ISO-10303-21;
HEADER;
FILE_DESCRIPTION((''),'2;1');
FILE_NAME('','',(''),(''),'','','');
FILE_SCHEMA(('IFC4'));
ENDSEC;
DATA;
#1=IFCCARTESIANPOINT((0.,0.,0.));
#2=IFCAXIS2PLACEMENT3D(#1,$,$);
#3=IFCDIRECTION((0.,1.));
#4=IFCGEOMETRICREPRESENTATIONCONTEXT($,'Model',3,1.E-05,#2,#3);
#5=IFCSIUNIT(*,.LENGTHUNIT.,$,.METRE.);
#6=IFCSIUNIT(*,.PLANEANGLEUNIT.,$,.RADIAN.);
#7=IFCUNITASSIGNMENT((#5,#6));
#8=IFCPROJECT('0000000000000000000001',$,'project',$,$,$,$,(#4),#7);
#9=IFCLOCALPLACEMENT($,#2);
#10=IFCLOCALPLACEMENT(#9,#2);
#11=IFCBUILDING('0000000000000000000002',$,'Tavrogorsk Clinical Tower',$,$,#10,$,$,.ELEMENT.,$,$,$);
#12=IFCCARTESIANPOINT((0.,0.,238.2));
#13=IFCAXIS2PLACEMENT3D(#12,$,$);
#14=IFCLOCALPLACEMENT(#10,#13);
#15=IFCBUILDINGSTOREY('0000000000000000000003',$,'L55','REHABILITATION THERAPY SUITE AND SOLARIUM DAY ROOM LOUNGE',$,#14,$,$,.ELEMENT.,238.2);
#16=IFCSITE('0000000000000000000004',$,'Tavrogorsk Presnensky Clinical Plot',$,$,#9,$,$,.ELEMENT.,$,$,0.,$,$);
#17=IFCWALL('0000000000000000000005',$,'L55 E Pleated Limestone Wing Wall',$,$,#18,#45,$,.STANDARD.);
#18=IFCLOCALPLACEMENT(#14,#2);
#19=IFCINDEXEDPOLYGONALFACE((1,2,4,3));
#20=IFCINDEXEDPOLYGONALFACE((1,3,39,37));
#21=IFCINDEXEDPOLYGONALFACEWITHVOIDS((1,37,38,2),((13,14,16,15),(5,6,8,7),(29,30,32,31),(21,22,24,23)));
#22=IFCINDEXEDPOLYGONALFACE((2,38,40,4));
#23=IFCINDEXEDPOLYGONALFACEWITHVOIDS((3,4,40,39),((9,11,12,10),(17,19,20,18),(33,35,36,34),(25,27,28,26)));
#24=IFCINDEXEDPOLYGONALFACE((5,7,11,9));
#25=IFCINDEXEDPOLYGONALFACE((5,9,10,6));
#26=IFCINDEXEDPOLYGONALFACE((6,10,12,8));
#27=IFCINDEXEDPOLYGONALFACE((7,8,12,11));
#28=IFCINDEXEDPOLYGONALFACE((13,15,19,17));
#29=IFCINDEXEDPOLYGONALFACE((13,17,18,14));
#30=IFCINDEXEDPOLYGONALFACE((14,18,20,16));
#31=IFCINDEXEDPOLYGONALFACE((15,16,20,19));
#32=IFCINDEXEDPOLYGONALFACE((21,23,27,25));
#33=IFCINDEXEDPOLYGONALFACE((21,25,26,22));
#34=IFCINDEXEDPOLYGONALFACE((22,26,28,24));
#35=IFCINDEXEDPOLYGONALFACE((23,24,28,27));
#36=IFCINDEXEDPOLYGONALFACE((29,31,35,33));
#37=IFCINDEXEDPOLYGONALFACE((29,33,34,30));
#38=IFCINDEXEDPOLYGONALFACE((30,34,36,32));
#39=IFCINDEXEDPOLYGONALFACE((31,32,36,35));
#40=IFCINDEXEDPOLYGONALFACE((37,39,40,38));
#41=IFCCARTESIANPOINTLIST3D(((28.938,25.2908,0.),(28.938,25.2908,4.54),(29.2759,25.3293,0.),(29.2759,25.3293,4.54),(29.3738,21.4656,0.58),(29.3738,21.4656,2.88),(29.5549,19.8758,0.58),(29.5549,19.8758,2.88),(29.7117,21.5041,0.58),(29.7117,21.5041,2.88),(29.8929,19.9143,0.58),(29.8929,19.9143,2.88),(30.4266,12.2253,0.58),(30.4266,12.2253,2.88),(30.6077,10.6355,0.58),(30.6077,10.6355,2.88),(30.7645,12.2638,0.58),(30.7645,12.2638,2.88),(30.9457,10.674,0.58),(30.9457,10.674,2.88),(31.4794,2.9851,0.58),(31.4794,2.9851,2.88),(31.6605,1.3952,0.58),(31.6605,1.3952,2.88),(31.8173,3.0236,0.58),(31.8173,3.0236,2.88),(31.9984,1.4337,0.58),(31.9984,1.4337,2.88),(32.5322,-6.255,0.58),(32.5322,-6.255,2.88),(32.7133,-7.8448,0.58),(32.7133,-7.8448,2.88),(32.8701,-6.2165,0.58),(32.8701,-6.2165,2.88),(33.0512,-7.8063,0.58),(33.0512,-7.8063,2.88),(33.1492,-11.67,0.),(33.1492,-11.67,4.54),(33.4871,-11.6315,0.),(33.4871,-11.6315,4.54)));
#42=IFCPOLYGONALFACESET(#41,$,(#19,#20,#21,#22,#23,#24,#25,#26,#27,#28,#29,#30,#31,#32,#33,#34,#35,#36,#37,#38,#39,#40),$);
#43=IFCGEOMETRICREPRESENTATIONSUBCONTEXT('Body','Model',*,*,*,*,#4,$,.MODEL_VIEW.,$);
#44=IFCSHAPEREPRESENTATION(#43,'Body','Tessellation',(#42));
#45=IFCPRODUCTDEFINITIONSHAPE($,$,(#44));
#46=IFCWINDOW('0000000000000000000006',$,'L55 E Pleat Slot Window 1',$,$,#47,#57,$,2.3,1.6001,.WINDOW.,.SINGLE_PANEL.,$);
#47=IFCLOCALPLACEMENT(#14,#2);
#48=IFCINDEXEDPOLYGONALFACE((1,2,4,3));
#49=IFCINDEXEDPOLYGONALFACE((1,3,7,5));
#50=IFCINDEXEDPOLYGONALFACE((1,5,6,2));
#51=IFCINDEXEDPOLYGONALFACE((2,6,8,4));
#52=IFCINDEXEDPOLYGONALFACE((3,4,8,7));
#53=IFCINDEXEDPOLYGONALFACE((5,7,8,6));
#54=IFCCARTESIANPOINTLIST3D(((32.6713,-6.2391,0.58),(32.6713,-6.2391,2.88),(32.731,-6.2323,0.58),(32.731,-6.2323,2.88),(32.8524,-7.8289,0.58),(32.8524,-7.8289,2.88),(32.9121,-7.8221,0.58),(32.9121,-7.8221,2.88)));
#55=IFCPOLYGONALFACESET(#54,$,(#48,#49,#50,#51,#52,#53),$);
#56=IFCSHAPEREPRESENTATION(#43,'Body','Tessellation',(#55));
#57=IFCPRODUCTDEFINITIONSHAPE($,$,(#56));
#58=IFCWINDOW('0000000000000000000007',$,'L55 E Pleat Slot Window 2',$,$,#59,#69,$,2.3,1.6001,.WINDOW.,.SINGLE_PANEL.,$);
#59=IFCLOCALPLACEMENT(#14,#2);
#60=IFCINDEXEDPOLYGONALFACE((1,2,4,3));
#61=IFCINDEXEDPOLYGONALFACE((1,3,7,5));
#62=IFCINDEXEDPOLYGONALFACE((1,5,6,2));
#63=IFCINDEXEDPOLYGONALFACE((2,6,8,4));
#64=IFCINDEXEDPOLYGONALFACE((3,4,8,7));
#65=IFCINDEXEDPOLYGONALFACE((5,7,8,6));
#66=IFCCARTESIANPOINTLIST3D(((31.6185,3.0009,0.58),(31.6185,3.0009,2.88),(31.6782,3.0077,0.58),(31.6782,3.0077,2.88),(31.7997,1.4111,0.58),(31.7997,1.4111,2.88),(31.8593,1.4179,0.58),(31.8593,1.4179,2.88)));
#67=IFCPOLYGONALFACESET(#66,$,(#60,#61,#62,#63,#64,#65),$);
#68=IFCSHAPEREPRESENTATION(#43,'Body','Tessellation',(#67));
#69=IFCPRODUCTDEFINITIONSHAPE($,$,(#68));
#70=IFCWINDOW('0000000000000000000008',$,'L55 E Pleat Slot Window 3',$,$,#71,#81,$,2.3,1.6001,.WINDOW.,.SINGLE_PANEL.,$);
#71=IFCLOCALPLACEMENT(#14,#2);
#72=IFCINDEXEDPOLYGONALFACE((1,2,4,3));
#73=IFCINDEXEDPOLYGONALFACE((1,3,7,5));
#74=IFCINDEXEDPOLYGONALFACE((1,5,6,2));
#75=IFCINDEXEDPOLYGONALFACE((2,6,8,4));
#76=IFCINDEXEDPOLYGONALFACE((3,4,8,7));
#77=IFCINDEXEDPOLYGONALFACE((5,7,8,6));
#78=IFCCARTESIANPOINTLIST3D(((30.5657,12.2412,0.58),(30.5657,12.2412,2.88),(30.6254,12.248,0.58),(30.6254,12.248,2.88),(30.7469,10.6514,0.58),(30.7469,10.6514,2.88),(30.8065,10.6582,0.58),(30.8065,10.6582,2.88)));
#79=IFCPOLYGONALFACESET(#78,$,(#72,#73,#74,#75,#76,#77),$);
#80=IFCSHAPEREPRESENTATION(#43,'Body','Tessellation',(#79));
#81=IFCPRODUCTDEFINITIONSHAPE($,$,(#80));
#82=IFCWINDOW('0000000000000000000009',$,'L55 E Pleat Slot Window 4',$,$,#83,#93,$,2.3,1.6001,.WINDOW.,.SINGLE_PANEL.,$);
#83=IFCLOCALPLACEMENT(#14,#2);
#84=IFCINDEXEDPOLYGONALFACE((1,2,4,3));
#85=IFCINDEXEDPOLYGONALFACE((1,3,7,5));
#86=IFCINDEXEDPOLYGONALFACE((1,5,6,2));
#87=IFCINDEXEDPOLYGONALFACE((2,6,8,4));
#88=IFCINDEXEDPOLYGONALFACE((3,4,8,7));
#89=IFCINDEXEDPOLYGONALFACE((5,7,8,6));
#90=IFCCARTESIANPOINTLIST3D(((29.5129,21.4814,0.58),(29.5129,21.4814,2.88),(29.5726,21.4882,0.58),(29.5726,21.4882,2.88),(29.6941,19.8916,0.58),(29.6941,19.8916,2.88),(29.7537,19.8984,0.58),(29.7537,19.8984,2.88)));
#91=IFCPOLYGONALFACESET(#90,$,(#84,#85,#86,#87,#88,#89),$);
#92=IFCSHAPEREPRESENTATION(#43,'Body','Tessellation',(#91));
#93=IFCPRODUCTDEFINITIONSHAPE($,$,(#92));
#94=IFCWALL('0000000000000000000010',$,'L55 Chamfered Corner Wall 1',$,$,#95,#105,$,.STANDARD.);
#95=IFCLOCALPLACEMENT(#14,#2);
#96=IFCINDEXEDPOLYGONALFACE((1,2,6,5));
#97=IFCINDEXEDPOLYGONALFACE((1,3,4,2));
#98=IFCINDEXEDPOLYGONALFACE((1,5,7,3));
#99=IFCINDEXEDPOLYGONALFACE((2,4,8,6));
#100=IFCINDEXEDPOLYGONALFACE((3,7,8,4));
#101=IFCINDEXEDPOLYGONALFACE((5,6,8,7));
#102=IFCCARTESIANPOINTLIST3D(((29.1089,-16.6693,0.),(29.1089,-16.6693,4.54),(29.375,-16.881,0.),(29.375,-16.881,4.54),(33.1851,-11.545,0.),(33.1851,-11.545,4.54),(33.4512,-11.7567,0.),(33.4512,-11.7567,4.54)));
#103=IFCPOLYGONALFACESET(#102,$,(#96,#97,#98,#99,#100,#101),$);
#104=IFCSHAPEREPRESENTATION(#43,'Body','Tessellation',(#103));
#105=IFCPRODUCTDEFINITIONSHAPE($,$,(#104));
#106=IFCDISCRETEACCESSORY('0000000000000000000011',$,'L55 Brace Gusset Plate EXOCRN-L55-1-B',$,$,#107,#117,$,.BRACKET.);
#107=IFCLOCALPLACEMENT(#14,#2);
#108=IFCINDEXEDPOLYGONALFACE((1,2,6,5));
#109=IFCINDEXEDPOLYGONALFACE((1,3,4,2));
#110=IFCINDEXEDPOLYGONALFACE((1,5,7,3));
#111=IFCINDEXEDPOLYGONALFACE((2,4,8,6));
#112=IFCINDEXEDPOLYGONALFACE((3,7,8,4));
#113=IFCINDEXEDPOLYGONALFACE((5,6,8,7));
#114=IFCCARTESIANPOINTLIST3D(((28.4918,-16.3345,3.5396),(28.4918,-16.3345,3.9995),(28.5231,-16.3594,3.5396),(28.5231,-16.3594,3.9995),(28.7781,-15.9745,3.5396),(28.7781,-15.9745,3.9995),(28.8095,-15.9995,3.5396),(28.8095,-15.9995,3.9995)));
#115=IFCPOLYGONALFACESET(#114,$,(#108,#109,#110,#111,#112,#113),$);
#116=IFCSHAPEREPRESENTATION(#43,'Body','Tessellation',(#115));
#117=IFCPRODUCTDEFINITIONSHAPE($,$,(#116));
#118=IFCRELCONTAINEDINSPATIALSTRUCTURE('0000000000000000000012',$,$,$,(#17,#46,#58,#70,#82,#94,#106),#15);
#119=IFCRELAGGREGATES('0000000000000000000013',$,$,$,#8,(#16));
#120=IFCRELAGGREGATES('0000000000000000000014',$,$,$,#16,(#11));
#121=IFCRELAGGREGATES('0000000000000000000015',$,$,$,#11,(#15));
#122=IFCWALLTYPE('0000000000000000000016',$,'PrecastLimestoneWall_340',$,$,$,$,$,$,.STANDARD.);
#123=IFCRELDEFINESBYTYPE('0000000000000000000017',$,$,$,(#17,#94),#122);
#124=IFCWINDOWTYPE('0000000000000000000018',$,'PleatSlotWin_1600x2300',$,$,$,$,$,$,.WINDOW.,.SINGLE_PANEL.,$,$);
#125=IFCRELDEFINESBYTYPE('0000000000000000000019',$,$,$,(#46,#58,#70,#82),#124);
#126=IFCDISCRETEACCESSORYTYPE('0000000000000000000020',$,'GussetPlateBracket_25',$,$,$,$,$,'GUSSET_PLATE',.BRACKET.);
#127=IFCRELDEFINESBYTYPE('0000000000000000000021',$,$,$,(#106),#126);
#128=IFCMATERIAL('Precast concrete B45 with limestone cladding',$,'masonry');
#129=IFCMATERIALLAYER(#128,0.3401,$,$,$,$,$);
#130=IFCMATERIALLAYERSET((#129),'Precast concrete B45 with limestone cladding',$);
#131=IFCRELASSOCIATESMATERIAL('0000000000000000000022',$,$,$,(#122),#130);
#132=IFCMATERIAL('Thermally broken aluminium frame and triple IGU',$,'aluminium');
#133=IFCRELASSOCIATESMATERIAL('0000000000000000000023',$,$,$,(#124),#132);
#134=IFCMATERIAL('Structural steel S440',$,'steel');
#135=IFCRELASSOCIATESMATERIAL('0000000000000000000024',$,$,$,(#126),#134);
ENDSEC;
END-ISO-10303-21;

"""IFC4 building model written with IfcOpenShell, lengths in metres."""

from ifc_helpers import new_model, si_unit, direction, frame, frame_2d, origin, origin_2d, place, context, subcontext, project, spatial, rectangle, extrude, material, layer, layer_set, type_object, element, fill, save


model = new_model("IFC4")

# Units and contexts
model_context = context("Model", 3, precision=1e-05, world=origin(), true_north=direction((0.0, 1.0)))
body_context = subcontext(model_context, "Body", "Model", "MODEL_VIEW")
ifc_project = project(units=[si_unit("LENGTHUNIT", "METRE"), si_unit("PLANEANGLEUNIT", "RADIAN")], contexts=[model_context])

# Site, building, storey
site_placement = place(None, origin())
site = spatial("IfcSite", under=ifc_project, at=site_placement, Name="Tavrogorsk Presnensky Clinical Plot", CompositionType="ELEMENT", RefElevation=0.0)
building_placement = place(site_placement, origin())
building = spatial("IfcBuilding", under=site, at=building_placement, Name="Tavrogorsk Clinical Tower", CompositionType="ELEMENT")
storey_placement = place(building_placement, frame((0.0, 0.0, 238.2)))
storey = spatial("IfcBuildingStorey", under=building, at=storey_placement, Name="L55", Description="REHABILITATION THERAPY SUITE AND SOLARIUM DAY ROOM LOUNGE", CompositionType="ELEMENT", Elevation=238.2)

# Wall, openings, windows
ifc_material_1 = material(Name="Precast concrete B45 with limestone cladding", Category="masonry")
ifc_layer_1 = layer(ifc_material_1, 0.3401)
ifc_layer_set_1 = layer_set([ifc_layer_1], Name="Precast concrete B45 with limestone cladding")
wall_type_1 = type_object("IfcWallType", Name="PrecastLimestoneWall_340", PredefinedType="STANDARD", material=ifc_layer_set_1)
wall_1_placement = place(storey_placement, frame((33.3181, -11.6509, 0.0), z_axis=(0.0, 0.0, 1.0), x_axis=(-0.113204, 0.993572, 0.0)))
wall_1 = element("IfcWall", 1, at=wall_1_placement, inside=storey, type_object=wall_type_1, Name="L55 E Pleated Limestone Wing Wall", PredefinedType="STANDARD", context=body_context, shape_type="SweptSolid", body=[
    extrude(rectangle(XDim=37.2, YDim=0.3401, at=frame_2d((18.6001, 0.0))), origin(), (0.0, 0.0, 1.0), 4.54),
])
opening_1_placement = place(wall_1_placement, frame((3.8501, 0.0, 0.5801)))
opening_1 = element("IfcOpeningElement", 2, at=opening_1_placement, cuts=wall_1, PredefinedType="OPENING", context=body_context, shape_type="SweptSolid", body=[
    extrude(rectangle(XDim=1.6001, YDim=2.3, at=frame_2d((0.8, 1.1499))), frame((0.0, 0.1799, 0.0), z_axis=(0.0, -1.0, 0.0), x_axis=(1.0, 0.0, 0.0)), (0.0, 0.0, 1.0), 0.3601),
])
opening_2_placement = place(wall_1_placement, frame((13.1499, 0.0, 0.5801)))
opening_2 = element("IfcOpeningElement", 3, at=opening_2_placement, cuts=wall_1, PredefinedType="OPENING", context=body_context, shape_type="SweptSolid", body=[
    extrude(rectangle(XDim=1.6001, YDim=2.3, at=frame_2d((0.8, 1.1499))), frame((0.0, 0.1799, 0.0), z_axis=(0.0, -1.0, 0.0), x_axis=(1.0, 0.0, 0.0)), (0.0, 0.0, 1.0), 0.3601),
])
opening_3_placement = place(wall_1_placement, frame((22.45, 0.0, 0.5801)))
opening_3 = element("IfcOpeningElement", 4, at=opening_3_placement, cuts=wall_1, PredefinedType="OPENING", context=body_context, shape_type="SweptSolid", body=[
    extrude(rectangle(XDim=1.6001, YDim=2.3, at=frame_2d((0.8, 1.1499))), frame((0.0, 0.1799, 0.0), z_axis=(0.0, -1.0, 0.0), x_axis=(1.0, 0.0, 0.0)), (0.0, 0.0, 1.0), 0.3601),
])
opening_4_placement = place(wall_1_placement, frame((31.75, 0.0, 0.5801)))
opening_4 = element("IfcOpeningElement", 5, at=opening_4_placement, cuts=wall_1, PredefinedType="OPENING", context=body_context, shape_type="SweptSolid", body=[
    extrude(rectangle(XDim=1.6001, YDim=2.3, at=frame_2d((0.8, 1.1499))), frame((0.0, 0.1799, 0.0), z_axis=(0.0, -1.0, 0.0), x_axis=(1.0, 0.0, 0.0)), (0.0, 0.0, 1.0), 0.3601),
])
ifc_material_2 = material(Name="Thermally broken aluminium frame and triple IGU", Category="aluminium")
window_type = type_object("IfcWindowType", Name="PleatSlotWin_1600x2300", PartitioningType="SINGLE_PANEL", PredefinedType="WINDOW", material=ifc_material_2)
window_1_placement = place(opening_1_placement, origin())
window_1 = element("IfcWindow", 6, at=window_1_placement, inside=storey, type_object=window_type, Name="L55 E Pleat Slot Window 1", OverallHeight=2.3, OverallWidth=1.6001, PartitioningType="SINGLE_PANEL", PredefinedType="WINDOW", context=body_context, shape_type="SweptSolid", body=[
    extrude(rectangle(XDim=1.6001, YDim=2.3, at=frame_2d((0.8, 1.1499))), frame((0.0, 0.03, 0.0), z_axis=(0.0, -1.0, 0.0), x_axis=(1.0, 0.0, 0.0)), (0.0, 0.0, 1.0), 0.0601),
])
fill(opening_1, window_1)
window_2_placement = place(opening_2_placement, origin())
window_2 = element("IfcWindow", 7, at=window_2_placement, inside=storey, type_object=window_type, Name="L55 E Pleat Slot Window 2", OverallHeight=2.3, OverallWidth=1.6001, PartitioningType="SINGLE_PANEL", PredefinedType="WINDOW", context=body_context, shape_type="SweptSolid", body=[
    extrude(rectangle(XDim=1.6001, YDim=2.3, at=frame_2d((0.8, 1.1499))), frame((0.0, 0.03, 0.0), z_axis=(0.0, -1.0, 0.0), x_axis=(1.0, 0.0, 0.0)), (0.0, 0.0, 1.0), 0.0601),
])
fill(opening_2, window_2)
window_3_placement = place(opening_3_placement, origin())
window_3 = element("IfcWindow", 8, at=window_3_placement, inside=storey, type_object=window_type, Name="L55 E Pleat Slot Window 3", OverallHeight=2.3, OverallWidth=1.6001, PartitioningType="SINGLE_PANEL", PredefinedType="WINDOW", context=body_context, shape_type="SweptSolid", body=[
    extrude(rectangle(XDim=1.6001, YDim=2.3, at=frame_2d((0.8, 1.1499))), frame((0.0, 0.03, 0.0), z_axis=(0.0, -1.0, 0.0), x_axis=(1.0, 0.0, 0.0)), (0.0, 0.0, 1.0), 0.0601),
])
fill(opening_3, window_3)
window_4_placement = place(opening_4_placement, origin())
window_4 = element("IfcWindow", 9, at=window_4_placement, inside=storey, type_object=window_type, Name="L55 E Pleat Slot Window 4", OverallHeight=2.3, OverallWidth=1.6001, PartitioningType="SINGLE_PANEL", PredefinedType="WINDOW", context=body_context, shape_type="SweptSolid", body=[
    extrude(rectangle(XDim=1.6001, YDim=2.3, at=frame_2d((0.8, 1.1499))), frame((0.0, 0.03, 0.0), z_axis=(0.0, -1.0, 0.0), x_axis=(1.0, 0.0, 0.0)), (0.0, 0.0, 1.0), 0.0601),
])
fill(opening_4, window_4)

# Wall
wall_2_placement = place(storey_placement, frame((29.2419, -16.7751, 0.0), z_axis=(0.0, 0.0, 1.0), x_axis=(0.622528, 0.782597, 0.0)))
element("IfcWall", 10, at=wall_2_placement, inside=storey, type_object=wall_type_1, Name="L55 Chamfered Corner Wall 1", PredefinedType="STANDARD", context=body_context, shape_type="SweptSolid", body=[
    extrude(rectangle(XDim=6.5479, YDim=0.3401, at=frame_2d((3.2739, 0.0))), origin(), (0.0, 0.0, 1.0), 4.54),
])

# Discrete accessory
ifc_material_3 = material(Name="Structural steel S440", Category="steel")
discrete_accessory_type = type_object("IfcDiscreteAccessoryType", Name="GussetPlateBracket_25", ElementType="GUSSET_PLATE", PredefinedType="BRACKET", material=ifc_material_3)
discrete_accessory_placement = place(storey_placement, frame((28.6506, -16.167, 3.5396), z_axis=(0.0, 0.0, 1.0), x_axis=(-0.622515, -0.782608, 0.0)))
element("IfcDiscreteAccessory", 11, at=discrete_accessory_placement, inside=storey, type_object=discrete_accessory_type, Name="L55 Brace Gusset Plate EXOCRN-L55-1-B", PredefinedType="BRACKET", context=body_context, shape_type="SweptSolid", body=[
    extrude(rectangle(XDim=0.46, YDim=0.04, at=origin_2d()), origin(), (0.0, 0.0, 1.0), 0.46),
])

save(model, "model.ifc")
